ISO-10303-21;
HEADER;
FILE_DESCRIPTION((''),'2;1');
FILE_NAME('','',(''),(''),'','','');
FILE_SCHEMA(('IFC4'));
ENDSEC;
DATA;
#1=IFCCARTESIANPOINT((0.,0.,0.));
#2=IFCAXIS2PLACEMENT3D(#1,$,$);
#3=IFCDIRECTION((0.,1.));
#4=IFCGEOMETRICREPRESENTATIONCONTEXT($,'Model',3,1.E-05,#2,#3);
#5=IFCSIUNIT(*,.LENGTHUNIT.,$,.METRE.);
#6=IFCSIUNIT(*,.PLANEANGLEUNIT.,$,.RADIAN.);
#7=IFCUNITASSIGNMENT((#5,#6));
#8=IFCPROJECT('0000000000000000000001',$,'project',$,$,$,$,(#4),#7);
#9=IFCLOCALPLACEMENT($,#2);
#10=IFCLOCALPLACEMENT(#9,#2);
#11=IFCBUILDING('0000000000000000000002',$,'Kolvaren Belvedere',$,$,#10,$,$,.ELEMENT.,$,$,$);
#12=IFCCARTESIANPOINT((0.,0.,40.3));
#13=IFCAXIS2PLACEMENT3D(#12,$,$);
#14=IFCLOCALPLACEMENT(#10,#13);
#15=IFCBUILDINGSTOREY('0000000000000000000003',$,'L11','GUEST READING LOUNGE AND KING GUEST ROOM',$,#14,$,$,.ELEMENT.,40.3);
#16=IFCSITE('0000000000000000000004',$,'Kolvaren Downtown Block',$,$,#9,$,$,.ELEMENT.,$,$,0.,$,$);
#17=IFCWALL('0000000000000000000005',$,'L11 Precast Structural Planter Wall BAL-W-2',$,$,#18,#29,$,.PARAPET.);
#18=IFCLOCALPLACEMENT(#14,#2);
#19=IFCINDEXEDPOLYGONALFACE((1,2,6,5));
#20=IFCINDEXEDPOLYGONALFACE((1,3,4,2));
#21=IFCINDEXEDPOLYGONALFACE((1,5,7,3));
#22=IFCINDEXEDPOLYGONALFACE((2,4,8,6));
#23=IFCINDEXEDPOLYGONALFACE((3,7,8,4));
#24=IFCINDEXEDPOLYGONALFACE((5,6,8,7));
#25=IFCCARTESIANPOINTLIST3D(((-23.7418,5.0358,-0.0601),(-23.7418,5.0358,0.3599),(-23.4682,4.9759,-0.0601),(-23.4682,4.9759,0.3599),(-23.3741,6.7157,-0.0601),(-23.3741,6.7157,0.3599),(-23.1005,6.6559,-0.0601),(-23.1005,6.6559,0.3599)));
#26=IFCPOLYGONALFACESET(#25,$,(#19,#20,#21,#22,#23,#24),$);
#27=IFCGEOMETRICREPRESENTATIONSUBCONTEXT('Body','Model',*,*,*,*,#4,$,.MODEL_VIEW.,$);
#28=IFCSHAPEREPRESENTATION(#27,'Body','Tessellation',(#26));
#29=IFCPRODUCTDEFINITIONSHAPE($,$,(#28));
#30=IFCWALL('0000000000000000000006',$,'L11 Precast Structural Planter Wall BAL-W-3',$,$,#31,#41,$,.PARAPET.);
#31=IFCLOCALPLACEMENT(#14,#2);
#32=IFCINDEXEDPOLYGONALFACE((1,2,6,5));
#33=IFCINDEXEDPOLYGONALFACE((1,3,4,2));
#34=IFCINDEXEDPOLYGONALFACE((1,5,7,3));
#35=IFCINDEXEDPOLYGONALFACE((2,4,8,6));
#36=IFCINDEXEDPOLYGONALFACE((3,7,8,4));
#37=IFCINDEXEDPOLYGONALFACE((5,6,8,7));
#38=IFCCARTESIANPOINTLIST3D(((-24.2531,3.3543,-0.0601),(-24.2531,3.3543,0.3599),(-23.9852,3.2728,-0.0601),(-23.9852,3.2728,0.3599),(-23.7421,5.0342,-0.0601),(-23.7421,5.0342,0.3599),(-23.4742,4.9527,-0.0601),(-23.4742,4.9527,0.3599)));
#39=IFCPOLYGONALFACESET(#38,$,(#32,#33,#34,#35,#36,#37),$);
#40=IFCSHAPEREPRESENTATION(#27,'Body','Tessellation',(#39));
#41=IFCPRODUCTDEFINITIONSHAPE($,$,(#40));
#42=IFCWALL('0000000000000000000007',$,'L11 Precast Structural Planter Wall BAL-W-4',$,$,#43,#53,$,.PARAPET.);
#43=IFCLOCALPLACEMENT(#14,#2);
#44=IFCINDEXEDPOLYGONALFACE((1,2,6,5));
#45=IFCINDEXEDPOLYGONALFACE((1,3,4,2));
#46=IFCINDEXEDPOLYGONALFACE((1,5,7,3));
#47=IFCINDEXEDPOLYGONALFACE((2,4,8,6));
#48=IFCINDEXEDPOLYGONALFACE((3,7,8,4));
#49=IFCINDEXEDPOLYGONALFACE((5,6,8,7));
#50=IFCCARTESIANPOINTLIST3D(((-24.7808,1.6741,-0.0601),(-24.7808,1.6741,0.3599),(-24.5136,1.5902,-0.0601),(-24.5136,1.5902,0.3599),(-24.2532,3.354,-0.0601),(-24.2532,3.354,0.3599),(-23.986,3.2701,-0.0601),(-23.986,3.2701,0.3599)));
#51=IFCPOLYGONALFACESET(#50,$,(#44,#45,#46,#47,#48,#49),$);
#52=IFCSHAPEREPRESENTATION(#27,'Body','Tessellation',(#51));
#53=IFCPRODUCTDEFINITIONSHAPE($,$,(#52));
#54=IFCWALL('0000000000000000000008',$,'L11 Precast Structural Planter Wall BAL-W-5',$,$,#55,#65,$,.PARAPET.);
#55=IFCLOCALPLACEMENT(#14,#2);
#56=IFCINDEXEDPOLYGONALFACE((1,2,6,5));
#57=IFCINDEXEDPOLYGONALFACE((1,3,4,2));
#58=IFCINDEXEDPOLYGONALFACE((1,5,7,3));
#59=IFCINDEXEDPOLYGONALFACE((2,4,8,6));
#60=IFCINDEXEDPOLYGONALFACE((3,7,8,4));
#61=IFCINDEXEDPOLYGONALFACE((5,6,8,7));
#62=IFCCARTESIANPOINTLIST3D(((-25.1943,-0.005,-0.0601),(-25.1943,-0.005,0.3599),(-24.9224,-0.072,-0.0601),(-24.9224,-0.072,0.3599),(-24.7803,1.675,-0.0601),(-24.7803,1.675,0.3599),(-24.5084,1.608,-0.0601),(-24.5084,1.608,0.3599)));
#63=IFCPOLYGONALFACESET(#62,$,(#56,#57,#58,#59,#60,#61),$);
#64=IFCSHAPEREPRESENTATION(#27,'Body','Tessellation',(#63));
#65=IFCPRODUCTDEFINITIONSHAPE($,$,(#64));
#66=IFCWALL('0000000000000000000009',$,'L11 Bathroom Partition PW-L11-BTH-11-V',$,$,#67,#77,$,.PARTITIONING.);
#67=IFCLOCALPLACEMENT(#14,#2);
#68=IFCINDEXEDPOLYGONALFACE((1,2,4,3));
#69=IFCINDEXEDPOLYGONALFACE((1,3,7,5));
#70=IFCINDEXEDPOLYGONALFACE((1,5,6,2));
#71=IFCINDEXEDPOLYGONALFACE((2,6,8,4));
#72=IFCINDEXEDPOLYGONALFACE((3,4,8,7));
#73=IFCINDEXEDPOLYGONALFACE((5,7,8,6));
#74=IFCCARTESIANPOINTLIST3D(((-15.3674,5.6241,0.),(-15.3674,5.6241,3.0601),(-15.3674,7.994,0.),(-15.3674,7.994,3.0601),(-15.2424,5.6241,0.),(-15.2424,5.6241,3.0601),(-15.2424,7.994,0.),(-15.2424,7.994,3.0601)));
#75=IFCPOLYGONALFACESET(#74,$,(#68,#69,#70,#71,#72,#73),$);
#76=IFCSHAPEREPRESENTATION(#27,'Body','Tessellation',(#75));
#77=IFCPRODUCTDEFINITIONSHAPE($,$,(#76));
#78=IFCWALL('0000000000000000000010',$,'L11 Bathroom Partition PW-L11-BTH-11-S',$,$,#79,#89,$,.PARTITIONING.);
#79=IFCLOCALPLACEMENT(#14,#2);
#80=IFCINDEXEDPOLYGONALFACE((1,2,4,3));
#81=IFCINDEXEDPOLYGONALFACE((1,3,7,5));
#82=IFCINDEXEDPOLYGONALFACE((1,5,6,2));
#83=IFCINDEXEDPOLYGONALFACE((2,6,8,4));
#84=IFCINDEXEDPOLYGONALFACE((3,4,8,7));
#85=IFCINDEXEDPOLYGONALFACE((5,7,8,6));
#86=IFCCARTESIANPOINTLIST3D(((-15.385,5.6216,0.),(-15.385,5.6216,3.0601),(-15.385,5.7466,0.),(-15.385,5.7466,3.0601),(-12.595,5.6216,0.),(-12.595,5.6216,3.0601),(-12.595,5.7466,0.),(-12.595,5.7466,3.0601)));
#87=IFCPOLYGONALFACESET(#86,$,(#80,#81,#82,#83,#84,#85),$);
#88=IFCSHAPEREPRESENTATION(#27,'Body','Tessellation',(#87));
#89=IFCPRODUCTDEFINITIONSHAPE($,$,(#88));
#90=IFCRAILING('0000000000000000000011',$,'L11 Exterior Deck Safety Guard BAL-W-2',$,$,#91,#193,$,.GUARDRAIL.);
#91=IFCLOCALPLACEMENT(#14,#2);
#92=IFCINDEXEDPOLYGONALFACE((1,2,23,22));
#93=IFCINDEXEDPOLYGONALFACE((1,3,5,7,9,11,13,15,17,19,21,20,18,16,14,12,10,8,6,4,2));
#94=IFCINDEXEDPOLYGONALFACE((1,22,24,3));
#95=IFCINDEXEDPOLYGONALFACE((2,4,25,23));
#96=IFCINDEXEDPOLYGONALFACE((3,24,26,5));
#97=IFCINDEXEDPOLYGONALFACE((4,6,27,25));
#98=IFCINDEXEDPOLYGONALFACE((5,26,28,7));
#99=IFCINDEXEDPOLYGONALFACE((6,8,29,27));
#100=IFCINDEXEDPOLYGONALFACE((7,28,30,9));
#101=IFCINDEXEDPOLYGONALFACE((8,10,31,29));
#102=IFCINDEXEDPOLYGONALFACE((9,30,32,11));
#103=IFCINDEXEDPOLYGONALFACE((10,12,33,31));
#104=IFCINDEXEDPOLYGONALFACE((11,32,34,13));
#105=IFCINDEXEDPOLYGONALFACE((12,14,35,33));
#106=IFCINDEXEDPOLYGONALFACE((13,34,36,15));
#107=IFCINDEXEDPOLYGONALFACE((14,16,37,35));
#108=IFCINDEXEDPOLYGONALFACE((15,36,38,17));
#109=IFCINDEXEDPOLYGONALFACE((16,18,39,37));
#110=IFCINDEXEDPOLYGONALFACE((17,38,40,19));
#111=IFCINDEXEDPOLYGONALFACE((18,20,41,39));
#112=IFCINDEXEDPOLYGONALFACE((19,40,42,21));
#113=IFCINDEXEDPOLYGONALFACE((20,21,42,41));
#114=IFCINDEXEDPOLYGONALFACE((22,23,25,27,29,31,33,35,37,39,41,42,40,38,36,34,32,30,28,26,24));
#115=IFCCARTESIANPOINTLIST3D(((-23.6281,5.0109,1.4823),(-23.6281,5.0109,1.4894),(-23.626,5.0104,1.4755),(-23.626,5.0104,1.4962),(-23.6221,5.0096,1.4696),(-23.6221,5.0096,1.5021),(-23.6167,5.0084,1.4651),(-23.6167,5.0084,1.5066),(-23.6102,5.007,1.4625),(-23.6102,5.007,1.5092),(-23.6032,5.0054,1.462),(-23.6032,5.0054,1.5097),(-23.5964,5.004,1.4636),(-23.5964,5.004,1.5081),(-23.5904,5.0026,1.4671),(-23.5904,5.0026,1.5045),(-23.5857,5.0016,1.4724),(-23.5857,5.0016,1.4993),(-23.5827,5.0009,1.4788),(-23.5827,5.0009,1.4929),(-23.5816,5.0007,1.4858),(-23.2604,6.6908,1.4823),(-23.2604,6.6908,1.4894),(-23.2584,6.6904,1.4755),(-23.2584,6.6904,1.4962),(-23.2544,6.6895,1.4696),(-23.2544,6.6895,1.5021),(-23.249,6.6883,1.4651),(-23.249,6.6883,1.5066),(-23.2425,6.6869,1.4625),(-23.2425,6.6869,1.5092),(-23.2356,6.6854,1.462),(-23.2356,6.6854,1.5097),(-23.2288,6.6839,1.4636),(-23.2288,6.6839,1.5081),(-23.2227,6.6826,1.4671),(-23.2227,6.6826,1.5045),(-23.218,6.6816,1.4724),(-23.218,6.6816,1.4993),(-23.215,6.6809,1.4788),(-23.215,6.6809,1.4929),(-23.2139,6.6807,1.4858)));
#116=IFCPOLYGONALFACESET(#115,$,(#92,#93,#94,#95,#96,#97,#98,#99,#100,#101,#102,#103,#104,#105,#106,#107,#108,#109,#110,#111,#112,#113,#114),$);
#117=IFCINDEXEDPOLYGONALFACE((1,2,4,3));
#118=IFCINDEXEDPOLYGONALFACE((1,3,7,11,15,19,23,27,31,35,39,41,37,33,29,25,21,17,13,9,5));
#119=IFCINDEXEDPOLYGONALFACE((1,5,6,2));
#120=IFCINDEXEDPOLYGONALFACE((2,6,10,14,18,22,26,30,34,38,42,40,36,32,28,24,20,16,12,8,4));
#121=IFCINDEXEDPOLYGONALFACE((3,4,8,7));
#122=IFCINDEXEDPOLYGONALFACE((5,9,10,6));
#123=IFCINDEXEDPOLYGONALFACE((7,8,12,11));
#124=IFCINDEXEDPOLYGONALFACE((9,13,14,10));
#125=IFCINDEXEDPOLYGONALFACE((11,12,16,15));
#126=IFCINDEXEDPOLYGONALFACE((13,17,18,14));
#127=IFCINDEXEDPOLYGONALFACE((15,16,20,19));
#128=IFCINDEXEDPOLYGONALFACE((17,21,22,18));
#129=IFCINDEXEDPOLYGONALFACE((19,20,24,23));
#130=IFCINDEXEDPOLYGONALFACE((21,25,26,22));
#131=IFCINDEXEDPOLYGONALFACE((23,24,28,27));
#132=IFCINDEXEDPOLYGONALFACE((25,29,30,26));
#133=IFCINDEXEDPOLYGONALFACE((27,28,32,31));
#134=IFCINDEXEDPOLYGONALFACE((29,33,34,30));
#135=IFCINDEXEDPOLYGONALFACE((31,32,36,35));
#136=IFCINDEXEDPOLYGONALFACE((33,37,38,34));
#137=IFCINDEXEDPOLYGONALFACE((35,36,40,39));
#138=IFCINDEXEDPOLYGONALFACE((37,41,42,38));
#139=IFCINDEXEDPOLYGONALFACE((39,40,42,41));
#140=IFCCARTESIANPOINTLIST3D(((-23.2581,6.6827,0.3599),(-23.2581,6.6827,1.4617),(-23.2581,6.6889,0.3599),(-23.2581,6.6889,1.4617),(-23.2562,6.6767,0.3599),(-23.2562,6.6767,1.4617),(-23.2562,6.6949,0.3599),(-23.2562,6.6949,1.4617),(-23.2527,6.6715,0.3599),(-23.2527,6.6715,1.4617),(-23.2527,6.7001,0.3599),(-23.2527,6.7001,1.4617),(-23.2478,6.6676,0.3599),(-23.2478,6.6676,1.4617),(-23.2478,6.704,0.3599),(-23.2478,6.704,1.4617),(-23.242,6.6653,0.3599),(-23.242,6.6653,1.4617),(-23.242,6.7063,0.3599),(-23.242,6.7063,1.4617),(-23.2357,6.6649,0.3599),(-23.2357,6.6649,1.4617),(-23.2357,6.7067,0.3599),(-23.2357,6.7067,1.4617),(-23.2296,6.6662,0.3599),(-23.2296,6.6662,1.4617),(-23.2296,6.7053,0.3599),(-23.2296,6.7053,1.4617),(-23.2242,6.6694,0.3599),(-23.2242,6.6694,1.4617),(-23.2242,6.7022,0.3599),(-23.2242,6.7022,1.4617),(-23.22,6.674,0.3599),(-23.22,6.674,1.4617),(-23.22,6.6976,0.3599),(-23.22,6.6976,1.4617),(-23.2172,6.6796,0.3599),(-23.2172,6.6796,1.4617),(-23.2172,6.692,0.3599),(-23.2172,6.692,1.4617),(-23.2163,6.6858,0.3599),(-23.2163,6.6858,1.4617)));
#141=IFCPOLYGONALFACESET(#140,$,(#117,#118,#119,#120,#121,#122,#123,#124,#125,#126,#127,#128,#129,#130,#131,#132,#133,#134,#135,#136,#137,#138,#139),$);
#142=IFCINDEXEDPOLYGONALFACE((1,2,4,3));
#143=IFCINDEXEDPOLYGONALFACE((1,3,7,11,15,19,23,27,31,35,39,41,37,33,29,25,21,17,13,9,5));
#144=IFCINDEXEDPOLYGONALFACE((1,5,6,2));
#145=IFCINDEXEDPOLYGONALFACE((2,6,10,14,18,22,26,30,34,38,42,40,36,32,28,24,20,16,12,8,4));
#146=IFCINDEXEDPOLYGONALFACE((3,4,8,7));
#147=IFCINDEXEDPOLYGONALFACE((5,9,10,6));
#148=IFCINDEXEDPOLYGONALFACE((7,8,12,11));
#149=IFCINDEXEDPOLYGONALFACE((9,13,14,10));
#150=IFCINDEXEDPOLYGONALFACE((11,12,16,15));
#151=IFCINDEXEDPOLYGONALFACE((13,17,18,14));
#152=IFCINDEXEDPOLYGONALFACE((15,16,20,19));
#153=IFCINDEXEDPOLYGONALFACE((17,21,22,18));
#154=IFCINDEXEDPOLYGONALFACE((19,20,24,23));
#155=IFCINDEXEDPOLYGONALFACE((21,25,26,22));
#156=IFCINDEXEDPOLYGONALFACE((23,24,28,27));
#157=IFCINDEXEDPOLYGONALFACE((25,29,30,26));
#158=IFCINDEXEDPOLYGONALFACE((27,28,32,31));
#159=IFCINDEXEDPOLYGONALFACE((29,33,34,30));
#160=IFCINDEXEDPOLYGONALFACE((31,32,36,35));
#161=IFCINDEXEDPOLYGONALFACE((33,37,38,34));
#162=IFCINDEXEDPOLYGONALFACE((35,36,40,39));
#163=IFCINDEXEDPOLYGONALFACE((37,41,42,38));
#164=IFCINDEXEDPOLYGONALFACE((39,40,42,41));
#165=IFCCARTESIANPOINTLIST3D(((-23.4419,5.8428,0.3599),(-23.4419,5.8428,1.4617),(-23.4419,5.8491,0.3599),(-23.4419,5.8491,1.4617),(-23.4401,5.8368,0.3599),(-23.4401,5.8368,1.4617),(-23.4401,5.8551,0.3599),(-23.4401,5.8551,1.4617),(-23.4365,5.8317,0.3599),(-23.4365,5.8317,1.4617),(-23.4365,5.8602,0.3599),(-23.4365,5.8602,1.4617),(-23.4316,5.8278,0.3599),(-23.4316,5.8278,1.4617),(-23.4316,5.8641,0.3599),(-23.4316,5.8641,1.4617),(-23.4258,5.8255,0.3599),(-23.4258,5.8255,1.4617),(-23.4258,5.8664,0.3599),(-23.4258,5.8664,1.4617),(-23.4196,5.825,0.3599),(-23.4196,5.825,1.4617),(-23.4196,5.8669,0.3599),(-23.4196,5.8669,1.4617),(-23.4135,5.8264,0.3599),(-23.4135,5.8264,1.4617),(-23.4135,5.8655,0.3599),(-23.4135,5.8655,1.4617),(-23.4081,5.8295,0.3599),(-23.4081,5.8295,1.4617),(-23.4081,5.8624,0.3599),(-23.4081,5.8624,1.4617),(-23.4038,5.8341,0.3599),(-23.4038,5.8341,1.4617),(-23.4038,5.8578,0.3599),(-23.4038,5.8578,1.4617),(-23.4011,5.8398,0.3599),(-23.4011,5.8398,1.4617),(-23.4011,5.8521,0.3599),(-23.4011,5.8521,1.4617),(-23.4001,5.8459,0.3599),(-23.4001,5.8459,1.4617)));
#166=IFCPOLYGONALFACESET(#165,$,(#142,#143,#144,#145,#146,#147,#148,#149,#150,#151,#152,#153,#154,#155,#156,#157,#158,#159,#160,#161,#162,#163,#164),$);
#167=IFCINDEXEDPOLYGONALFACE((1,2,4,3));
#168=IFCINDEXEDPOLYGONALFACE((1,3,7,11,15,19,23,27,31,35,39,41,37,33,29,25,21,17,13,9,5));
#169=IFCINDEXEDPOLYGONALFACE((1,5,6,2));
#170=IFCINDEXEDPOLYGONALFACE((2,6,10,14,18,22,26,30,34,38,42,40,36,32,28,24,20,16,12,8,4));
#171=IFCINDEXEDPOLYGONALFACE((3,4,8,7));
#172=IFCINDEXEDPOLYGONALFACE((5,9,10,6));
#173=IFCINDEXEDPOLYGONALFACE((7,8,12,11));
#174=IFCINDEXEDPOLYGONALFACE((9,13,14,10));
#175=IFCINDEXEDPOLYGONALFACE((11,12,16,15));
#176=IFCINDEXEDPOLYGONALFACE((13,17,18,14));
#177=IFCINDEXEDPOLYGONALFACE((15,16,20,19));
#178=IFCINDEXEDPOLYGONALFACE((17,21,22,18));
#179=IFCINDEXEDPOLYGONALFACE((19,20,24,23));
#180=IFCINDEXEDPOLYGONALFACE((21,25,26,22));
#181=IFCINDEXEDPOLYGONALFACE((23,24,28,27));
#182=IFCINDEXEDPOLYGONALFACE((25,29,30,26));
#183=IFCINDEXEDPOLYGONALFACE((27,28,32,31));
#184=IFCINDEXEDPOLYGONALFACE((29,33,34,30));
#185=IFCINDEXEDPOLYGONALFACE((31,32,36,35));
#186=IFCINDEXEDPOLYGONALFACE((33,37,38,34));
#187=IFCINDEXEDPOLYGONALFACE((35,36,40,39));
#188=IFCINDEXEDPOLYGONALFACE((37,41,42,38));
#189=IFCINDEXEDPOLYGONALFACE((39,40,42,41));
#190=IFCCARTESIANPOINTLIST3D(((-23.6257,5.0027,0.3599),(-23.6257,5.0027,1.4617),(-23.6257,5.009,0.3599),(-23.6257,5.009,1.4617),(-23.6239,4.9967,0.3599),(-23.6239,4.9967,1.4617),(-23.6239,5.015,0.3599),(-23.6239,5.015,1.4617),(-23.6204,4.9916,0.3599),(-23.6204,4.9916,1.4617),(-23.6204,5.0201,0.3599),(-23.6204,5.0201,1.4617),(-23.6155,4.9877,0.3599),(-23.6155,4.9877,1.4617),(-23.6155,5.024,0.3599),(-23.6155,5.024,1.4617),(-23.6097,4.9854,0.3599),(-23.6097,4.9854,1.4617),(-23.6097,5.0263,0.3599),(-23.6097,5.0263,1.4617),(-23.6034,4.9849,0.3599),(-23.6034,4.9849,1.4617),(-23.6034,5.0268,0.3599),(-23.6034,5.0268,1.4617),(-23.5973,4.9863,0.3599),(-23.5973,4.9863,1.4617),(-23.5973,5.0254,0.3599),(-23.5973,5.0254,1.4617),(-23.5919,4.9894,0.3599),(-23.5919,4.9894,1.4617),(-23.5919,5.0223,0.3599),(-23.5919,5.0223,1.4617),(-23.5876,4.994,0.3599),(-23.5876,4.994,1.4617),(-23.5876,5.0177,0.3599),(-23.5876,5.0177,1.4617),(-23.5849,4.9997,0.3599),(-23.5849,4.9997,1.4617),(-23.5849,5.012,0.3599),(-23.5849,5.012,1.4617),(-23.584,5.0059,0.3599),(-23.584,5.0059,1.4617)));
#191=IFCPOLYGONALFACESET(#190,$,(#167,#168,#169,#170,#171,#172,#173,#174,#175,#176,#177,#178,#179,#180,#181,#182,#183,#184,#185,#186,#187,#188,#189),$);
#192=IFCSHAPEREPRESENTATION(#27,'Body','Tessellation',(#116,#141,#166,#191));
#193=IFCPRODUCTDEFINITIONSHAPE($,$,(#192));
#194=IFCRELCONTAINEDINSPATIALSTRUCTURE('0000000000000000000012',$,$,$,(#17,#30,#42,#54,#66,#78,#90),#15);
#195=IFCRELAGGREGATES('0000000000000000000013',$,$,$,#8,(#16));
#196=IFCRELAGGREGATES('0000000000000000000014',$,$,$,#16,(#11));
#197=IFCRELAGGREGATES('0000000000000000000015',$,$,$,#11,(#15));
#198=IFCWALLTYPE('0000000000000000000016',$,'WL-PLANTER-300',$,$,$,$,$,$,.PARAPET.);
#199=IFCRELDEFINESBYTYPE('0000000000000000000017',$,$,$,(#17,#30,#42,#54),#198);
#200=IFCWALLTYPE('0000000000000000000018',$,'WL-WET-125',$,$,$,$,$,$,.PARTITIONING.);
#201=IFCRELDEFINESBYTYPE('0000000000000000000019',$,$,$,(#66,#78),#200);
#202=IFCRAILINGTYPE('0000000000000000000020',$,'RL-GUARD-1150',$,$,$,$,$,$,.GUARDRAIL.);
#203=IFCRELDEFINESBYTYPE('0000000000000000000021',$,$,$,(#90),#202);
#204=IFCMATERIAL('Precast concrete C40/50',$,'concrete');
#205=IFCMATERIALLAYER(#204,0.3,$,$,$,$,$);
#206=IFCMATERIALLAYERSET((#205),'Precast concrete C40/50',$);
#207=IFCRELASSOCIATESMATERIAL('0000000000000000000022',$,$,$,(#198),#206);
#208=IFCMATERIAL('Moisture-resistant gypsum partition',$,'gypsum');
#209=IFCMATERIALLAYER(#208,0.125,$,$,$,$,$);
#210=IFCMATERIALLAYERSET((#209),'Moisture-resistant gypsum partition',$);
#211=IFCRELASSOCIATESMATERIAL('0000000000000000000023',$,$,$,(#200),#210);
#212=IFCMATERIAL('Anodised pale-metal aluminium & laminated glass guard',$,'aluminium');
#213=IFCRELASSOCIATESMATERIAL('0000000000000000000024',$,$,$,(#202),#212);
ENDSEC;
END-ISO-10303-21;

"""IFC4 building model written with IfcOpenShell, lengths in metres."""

from ifc_helpers import new_model, si_unit, direction, frame, frame_2d, origin, origin_2d, place, context, subcontext, project, spatial, rectangle, circle, extrude, material, layer, layer_set, type_object, element, save


model = new_model("IFC4")

# Units and contexts
model_context = context("Model", 3, precision=1e-05, world=origin(), true_north=direction((0.0, 1.0)))
body_context = subcontext(model_context, "Body", "Model", "MODEL_VIEW")
ifc_project = project(units=[si_unit("LENGTHUNIT", "METRE"), si_unit("PLANEANGLEUNIT", "RADIAN")], contexts=[model_context])

# Site, building, storey
site_placement = place(None, origin())
site = spatial("IfcSite", under=ifc_project, at=site_placement, Name="Kolvaren Downtown Block", CompositionType="ELEMENT", RefElevation=0.0)
building_placement = place(site_placement, origin())
building = spatial("IfcBuilding", under=site, at=building_placement, Name="Kolvaren Belvedere", CompositionType="ELEMENT")
storey_placement = place(building_placement, frame((0.0, 0.0, 40.3)))
storey = spatial("IfcBuildingStorey", under=building, at=storey_placement, Name="L11", Description="GUEST READING LOUNGE AND KING GUEST ROOM", CompositionType="ELEMENT", Elevation=40.3)

# Walls
ifc_material_1 = material(Name="Precast concrete C40/50", Category="concrete")
ifc_layer_1 = layer(ifc_material_1, 0.3)
ifc_layer_set_1 = layer_set([ifc_layer_1], Name="Precast concrete C40/50")
wall_type_1 = type_object("IfcWallType", Name="WL-PLANTER-300", PredefinedType="PARAPET", material=ifc_layer_set_1)
wall_1_placement = place(storey_placement, frame((-23.2373, 6.6858, -0.0601), z_axis=(0.0, 0.0, 1.0), x_axis=(-0.213803, -0.976877, 0.0)))
element("IfcWall", 1, at=wall_1_placement, inside=storey, type_object=wall_type_1, Name="L11 Precast Structural Planter Wall BAL-W-2", PredefinedType="PARAPET", context=body_context, shape_type="SweptSolid", body=[
    extrude(rectangle(XDim=1.7197, YDim=0.28, at=frame_2d((0.8599, 0.0))), origin(), (0.0, 0.0, 1.0), 0.4199),
])
wall_2_placement = place(storey_placement, frame((-23.6082, 4.9934, -0.0601), z_axis=(0.0, 0.0, 1.0), x_axis=(-0.291007, -0.956721, 0.0)))
element("IfcWall", 2, at=wall_2_placement, inside=storey, type_object=wall_type_1, Name="L11 Precast Structural Planter Wall BAL-W-3", PredefinedType="PARAPET", context=body_context, shape_type="SweptSolid", body=[
    extrude(rectangle(XDim=1.7559, YDim=0.28, at=frame_2d((0.8779, 0.0))), origin(), (0.0, 0.0, 1.0), 0.4199),
])
wall_3_placement = place(storey_placement, frame((-24.1196, 3.312, -0.0601), z_axis=(0.0, 0.0, 1.0), x_axis=(-0.299625, -0.954057, 0.0)))
element("IfcWall", 3, at=wall_3_placement, inside=storey, type_object=wall_type_1, Name="L11 Precast Structural Planter Wall BAL-W-4", PredefinedType="PARAPET", context=body_context, shape_type="SweptSolid", body=[
    extrude(rectangle(XDim=1.7607, YDim=0.28, at=frame_2d((0.8804, 0.0))), origin(), (0.0, 0.0, 1.0), 0.4199),
])
wall_4_placement = place(storey_placement, frame((-24.6443, 1.6416, -0.0601), z_axis=(0.0, 0.0, 1.0), x_axis=(-0.239314, -0.970942, 0.0)))
element("IfcWall", 4, at=wall_4_placement, inside=storey, type_object=wall_type_1, Name="L11 Precast Structural Planter Wall BAL-W-5", PredefinedType="PARAPET", context=body_context, shape_type="SweptSolid", body=[
    extrude(rectangle(XDim=1.7302, YDim=0.28, at=frame_2d((0.8652, 0.0))), origin(), (0.0, 0.0, 1.0), 0.4199),
])
ifc_material_2 = material(Name="Moisture-resistant gypsum partition", Category="gypsum")
ifc_layer_2 = layer(ifc_material_2, 0.125)
ifc_layer_set_2 = layer_set([ifc_layer_2], Name="Moisture-resistant gypsum partition")
wall_type_2 = type_object("IfcWallType", Name="WL-WET-125", PredefinedType="PARTITIONING", material=ifc_layer_set_2)
wall_5_placement = place(storey_placement, frame((-15.3049, 5.624, 0.0), z_axis=(0.0, 0.0, 1.0), x_axis=(0.0, 1.0, 0.0)))
element("IfcWall", 5, at=wall_5_placement, inside=storey, type_object=wall_type_2, Name="L11 Bathroom Partition PW-L11-BTH-11-V", PredefinedType="PARTITIONING", context=body_context, shape_type="SweptSolid", body=[
    extrude(rectangle(XDim=2.3699, YDim=0.125, at=frame_2d((1.1851, 0.0))), origin(), (0.0, 0.0, 1.0), 3.0601),
])
wall_6_placement = place(storey_placement, frame((-15.385, 5.6841, 0.0), z_axis=(0.0, 0.0, 1.0), x_axis=(1.0, 0.0, 0.0)))
element("IfcWall", 6, at=wall_6_placement, inside=storey, type_object=wall_type_2, Name="L11 Bathroom Partition PW-L11-BTH-11-S", PredefinedType="PARTITIONING", context=body_context, shape_type="SweptSolid", body=[
    extrude(rectangle(XDim=2.79, YDim=0.125, at=frame_2d((1.395, 0.0))), origin(), (0.0, 0.0, 1.0), 3.0601),
])

# Railing
ifc_material_3 = material(Name="Anodised pale-metal aluminium & laminated glass guard", Category="aluminium")
railing_type = type_object("IfcRailingType", Name="RL-GUARD-1150", PredefinedType="GUARDRAIL", material=ifc_material_3)
railing_1_placement = place(storey_placement, frame((-23.2373, 6.6858, 0.3599)))
element("IfcRailing", 7, at=railing_1_placement, inside=storey, type_object=railing_type, Name="L11 Exterior Deck Safety Guard BAL-W-2", PredefinedType="GUARDRAIL", context=body_context, shape_type="SweptSolid", body=[
    extrude(circle(Radius=0.0239, at=origin_2d()), frame((0.0, 0.0, 1.126), z_axis=(-0.213803, -0.976877, 0.0), x_axis=(0.976877, -0.213803, 0.0)), (0.0, 0.0, 1.0), 1.7197),
    extrude(circle(Radius=0.021, at=origin_2d()), origin(), (0.0, 0.0, 1.0), 1.1018),
    extrude(circle(Radius=0.021, at=origin_2d()), frame((-0.1838, -0.8398, 0.0)), (0.0, 0.0, 1.0), 1.1018),
    extrude(circle(Radius=0.021, at=origin_2d()), frame((-0.3677, -1.6799, 0.0)), (0.0, 0.0, 1.0), 1.1018),
])

save(model, "model.ifc")
